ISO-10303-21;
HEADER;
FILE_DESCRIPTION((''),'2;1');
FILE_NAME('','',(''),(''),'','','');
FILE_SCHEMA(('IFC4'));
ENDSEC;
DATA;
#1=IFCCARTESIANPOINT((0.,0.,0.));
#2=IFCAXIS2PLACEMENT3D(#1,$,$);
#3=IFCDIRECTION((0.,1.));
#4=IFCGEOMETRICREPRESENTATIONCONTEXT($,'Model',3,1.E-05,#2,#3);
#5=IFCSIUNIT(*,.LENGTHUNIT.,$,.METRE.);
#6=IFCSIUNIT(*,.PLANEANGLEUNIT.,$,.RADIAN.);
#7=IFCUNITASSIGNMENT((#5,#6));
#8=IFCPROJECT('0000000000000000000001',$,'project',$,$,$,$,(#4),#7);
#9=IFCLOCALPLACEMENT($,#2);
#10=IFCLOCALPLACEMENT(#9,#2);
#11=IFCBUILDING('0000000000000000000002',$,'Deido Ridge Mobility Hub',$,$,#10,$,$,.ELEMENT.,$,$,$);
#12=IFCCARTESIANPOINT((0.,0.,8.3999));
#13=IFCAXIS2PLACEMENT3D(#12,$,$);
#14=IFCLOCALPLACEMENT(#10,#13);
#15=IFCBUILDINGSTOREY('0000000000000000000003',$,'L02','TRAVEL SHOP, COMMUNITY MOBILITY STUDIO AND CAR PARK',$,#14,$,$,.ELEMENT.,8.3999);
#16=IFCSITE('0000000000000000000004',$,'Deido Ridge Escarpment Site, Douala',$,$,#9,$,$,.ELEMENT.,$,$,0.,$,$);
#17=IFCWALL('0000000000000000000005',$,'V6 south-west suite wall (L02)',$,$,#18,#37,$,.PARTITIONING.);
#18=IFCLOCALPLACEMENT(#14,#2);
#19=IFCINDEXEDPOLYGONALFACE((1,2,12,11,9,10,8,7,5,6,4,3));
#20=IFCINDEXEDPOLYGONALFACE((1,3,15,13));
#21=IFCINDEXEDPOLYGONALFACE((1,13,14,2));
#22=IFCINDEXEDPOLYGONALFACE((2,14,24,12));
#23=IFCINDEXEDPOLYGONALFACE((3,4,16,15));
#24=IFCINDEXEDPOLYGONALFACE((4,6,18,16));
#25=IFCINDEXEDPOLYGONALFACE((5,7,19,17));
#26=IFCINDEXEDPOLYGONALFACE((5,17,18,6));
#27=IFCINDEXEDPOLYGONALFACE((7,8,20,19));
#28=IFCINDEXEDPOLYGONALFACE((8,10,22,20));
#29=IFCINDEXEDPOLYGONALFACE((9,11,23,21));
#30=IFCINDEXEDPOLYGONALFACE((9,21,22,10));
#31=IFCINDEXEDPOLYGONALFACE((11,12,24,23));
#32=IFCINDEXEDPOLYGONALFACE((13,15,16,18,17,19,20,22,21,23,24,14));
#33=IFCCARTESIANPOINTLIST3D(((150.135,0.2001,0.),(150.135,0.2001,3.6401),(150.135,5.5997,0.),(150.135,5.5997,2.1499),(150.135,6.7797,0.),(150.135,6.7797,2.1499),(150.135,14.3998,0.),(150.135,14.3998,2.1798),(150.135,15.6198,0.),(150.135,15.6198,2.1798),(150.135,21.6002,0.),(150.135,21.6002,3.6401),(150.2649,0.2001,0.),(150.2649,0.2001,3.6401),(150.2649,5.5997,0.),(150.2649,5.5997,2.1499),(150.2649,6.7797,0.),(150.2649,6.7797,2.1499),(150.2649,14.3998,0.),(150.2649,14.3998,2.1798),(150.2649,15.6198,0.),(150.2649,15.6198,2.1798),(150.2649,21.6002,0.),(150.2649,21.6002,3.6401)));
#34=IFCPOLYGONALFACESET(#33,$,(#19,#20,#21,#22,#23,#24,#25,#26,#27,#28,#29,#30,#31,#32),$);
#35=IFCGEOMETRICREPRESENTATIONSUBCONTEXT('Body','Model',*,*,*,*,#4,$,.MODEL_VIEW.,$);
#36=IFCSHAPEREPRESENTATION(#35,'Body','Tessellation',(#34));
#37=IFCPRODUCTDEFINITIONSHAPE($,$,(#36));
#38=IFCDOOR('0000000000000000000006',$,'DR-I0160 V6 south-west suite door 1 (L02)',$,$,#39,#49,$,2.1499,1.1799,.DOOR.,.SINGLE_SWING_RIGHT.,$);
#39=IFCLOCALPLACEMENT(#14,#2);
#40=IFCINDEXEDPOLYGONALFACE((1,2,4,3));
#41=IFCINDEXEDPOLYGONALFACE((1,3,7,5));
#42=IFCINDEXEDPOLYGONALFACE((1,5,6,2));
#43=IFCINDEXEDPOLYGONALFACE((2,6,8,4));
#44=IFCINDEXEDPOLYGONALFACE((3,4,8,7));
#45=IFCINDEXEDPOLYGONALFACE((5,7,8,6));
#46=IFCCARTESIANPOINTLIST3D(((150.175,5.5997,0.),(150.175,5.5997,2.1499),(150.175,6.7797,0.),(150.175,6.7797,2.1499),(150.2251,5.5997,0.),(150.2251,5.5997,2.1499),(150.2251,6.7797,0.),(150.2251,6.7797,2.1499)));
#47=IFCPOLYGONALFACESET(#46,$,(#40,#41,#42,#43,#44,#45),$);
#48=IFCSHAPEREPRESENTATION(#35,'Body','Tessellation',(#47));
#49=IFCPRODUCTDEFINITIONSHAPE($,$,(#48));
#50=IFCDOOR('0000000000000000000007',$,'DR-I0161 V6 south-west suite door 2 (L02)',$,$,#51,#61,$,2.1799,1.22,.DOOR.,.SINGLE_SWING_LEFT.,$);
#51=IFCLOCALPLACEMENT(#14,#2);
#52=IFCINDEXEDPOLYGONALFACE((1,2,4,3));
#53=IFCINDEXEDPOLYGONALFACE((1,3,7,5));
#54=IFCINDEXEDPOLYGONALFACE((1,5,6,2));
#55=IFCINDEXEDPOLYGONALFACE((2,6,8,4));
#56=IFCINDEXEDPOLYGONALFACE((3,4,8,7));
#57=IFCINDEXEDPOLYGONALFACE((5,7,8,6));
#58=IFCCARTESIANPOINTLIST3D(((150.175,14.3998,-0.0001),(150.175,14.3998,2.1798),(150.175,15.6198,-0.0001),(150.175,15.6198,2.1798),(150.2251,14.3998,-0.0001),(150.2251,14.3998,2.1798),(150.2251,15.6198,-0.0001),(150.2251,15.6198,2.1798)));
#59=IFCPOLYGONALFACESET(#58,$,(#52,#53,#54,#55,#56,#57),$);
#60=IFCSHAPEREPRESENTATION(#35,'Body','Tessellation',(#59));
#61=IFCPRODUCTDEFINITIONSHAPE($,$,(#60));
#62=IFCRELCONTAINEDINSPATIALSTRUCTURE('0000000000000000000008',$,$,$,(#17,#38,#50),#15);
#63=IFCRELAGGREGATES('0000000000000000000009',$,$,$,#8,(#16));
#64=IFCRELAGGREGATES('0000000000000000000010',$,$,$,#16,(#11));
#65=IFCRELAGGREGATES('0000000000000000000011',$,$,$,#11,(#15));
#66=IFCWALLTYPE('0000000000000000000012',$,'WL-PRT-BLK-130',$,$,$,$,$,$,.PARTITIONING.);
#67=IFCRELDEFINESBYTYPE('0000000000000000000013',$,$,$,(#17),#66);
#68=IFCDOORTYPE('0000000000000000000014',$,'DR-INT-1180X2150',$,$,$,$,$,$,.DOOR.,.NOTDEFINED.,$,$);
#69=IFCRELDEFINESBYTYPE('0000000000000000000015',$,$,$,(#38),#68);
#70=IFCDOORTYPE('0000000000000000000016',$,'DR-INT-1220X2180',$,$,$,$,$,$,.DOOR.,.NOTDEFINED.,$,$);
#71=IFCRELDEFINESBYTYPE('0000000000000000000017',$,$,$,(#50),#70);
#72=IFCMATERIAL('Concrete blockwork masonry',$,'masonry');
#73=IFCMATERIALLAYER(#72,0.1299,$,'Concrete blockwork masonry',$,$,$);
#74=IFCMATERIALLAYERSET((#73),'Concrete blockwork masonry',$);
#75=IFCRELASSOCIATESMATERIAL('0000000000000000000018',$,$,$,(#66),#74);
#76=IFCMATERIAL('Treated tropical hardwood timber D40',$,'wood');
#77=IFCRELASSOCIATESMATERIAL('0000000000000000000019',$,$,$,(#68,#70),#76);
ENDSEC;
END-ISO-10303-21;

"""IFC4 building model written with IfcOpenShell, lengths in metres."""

from ifc_helpers import new_model, si_unit, direction, frame, frame_2d, origin, place, context, subcontext, project, spatial, rectangle, extrude, material, layer, layer_set, type_object, element, fill, save


model = new_model("IFC4")

# Units and contexts
model_context = context("Model", 3, precision=1e-05, world=origin(), true_north=direction((0.0, 1.0)))
body_context = subcontext(model_context, "Body", "Model", "MODEL_VIEW")
ifc_project = project(units=[si_unit("LENGTHUNIT", "METRE"), si_unit("PLANEANGLEUNIT", "RADIAN")], contexts=[model_context])

# Site, building, storey
site_placement = place(None, origin())
site = spatial("IfcSite", under=ifc_project, at=site_placement, Name="Deido Ridge Escarpment Site, Douala", CompositionType="ELEMENT", RefElevation=0.0)
building_placement = place(site_placement, origin())
building = spatial("IfcBuilding", under=site, at=building_placement, Name="Deido Ridge Mobility Hub", CompositionType="ELEMENT")
storey_placement = place(building_placement, frame((0.0, 0.0, 8.3999)))
storey = spatial("IfcBuildingStorey", under=building, at=storey_placement, Name="L02", Description="TRAVEL SHOP, COMMUNITY MOBILITY STUDIO AND CAR PARK", CompositionType="ELEMENT", Elevation=8.3999)

# Wall, openings, doors
ifc_material_1 = material(Name="Concrete blockwork masonry", Category="masonry")
ifc_layer_1 = layer(ifc_material_1, 0.1299, Name="Concrete blockwork masonry")
ifc_layer_set_1 = layer_set([ifc_layer_1], Name="Concrete blockwork masonry")
wall_type = type_object("IfcWallType", Name="WL-PRT-BLK-130", PredefinedType="PARTITIONING", material=ifc_layer_set_1)
wall_placement = place(storey_placement, frame((150.2, 0.2, 0.0), z_axis=(0.0, 0.0, 1.0), x_axis=(0.0, 1.0, 0.0)))
wall = element("IfcWall", 1, at=wall_placement, inside=storey, type_object=wall_type, Name="V6 south-west suite wall (L02)", PredefinedType="PARTITIONING", context=body_context, shape_type="SweptSolid", body=[
    extrude(rectangle(XDim=21.4001, YDim=0.1299, at=frame_2d((10.7002, 0.0))), origin(), (0.0, 0.0, 1.0), 3.6401),
])
opening_1_placement = place(wall_placement, frame((5.3999, 0.0, 0.0)))
opening_1 = element("IfcOpeningElement", 2, at=opening_1_placement, cuts=wall, PredefinedType="OPENING", context=body_context, shape_type="SweptSolid", body=[
    extrude(rectangle(XDim=1.1799, YDim=2.1499, at=frame_2d((0.5898, 1.075))), frame((0.0, 0.075, 0.0), z_axis=(0.0, -1.0, 0.0), x_axis=(1.0, 0.0, 0.0)), (0.0, 0.0, 1.0), 0.1499),
])
opening_2_placement = place(wall_placement, frame((14.2, 0.0, 0.0)))
opening_2 = element("IfcOpeningElement", 3, at=opening_2_placement, cuts=wall, PredefinedType="OPENING", context=body_context, shape_type="SweptSolid", body=[
    extrude(rectangle(XDim=1.22, YDim=2.1799, at=frame_2d((0.6099, 1.0898))), frame((0.0, 0.075, 0.0), z_axis=(0.0, -1.0, 0.0), x_axis=(1.0, 0.0, 0.0)), (0.0, 0.0, 1.0), 0.1499),
])
ifc_material_2 = material(Name="Treated tropical hardwood timber D40", Category="wood")
door_type_1 = type_object("IfcDoorType", Name="DR-INT-1180X2150", OperationType="NOTDEFINED", PredefinedType="DOOR", material=ifc_material_2)
door_1_placement = place(opening_1_placement, origin())
door_1 = element("IfcDoor", 4, at=door_1_placement, inside=storey, type_object=door_type_1, Name="DR-I0160 V6 south-west suite door 1 (L02)", OperationType="SINGLE_SWING_RIGHT", OverallHeight=2.1499, OverallWidth=1.1799, PredefinedType="DOOR", context=body_context, shape_type="SweptSolid", body=[
    extrude(rectangle(XDim=1.1799, YDim=2.1499, at=frame_2d((0.5898, 1.075))), frame((0.0, 0.0249, 0.0), z_axis=(0.0, -1.0, 0.0), x_axis=(1.0, 0.0, 0.0)), (0.0, 0.0, 1.0), 0.05),
])
fill(opening_1, door_1)
door_type_2 = type_object("IfcDoorType", Name="DR-INT-1220X2180", OperationType="NOTDEFINED", PredefinedType="DOOR", material=ifc_material_2)
door_2_placement = place(opening_2_placement, origin())
door_2 = element("IfcDoor", 5, at=door_2_placement, inside=storey, type_object=door_type_2, Name="DR-I0161 V6 south-west suite door 2 (L02)", OperationType="SINGLE_SWING_LEFT", OverallHeight=2.1799, OverallWidth=1.22, PredefinedType="DOOR", context=body_context, shape_type="SweptSolid", body=[
    extrude(rectangle(XDim=1.22, YDim=2.1799, at=frame_2d((0.6099, 1.0898))), frame((0.0, 0.0249, 0.0), z_axis=(0.0, -1.0, 0.0), x_axis=(1.0, 0.0, 0.0)), (0.0, 0.0, 1.0), 0.05),
])
fill(opening_2, door_2)

save(model, "model.ifc")
